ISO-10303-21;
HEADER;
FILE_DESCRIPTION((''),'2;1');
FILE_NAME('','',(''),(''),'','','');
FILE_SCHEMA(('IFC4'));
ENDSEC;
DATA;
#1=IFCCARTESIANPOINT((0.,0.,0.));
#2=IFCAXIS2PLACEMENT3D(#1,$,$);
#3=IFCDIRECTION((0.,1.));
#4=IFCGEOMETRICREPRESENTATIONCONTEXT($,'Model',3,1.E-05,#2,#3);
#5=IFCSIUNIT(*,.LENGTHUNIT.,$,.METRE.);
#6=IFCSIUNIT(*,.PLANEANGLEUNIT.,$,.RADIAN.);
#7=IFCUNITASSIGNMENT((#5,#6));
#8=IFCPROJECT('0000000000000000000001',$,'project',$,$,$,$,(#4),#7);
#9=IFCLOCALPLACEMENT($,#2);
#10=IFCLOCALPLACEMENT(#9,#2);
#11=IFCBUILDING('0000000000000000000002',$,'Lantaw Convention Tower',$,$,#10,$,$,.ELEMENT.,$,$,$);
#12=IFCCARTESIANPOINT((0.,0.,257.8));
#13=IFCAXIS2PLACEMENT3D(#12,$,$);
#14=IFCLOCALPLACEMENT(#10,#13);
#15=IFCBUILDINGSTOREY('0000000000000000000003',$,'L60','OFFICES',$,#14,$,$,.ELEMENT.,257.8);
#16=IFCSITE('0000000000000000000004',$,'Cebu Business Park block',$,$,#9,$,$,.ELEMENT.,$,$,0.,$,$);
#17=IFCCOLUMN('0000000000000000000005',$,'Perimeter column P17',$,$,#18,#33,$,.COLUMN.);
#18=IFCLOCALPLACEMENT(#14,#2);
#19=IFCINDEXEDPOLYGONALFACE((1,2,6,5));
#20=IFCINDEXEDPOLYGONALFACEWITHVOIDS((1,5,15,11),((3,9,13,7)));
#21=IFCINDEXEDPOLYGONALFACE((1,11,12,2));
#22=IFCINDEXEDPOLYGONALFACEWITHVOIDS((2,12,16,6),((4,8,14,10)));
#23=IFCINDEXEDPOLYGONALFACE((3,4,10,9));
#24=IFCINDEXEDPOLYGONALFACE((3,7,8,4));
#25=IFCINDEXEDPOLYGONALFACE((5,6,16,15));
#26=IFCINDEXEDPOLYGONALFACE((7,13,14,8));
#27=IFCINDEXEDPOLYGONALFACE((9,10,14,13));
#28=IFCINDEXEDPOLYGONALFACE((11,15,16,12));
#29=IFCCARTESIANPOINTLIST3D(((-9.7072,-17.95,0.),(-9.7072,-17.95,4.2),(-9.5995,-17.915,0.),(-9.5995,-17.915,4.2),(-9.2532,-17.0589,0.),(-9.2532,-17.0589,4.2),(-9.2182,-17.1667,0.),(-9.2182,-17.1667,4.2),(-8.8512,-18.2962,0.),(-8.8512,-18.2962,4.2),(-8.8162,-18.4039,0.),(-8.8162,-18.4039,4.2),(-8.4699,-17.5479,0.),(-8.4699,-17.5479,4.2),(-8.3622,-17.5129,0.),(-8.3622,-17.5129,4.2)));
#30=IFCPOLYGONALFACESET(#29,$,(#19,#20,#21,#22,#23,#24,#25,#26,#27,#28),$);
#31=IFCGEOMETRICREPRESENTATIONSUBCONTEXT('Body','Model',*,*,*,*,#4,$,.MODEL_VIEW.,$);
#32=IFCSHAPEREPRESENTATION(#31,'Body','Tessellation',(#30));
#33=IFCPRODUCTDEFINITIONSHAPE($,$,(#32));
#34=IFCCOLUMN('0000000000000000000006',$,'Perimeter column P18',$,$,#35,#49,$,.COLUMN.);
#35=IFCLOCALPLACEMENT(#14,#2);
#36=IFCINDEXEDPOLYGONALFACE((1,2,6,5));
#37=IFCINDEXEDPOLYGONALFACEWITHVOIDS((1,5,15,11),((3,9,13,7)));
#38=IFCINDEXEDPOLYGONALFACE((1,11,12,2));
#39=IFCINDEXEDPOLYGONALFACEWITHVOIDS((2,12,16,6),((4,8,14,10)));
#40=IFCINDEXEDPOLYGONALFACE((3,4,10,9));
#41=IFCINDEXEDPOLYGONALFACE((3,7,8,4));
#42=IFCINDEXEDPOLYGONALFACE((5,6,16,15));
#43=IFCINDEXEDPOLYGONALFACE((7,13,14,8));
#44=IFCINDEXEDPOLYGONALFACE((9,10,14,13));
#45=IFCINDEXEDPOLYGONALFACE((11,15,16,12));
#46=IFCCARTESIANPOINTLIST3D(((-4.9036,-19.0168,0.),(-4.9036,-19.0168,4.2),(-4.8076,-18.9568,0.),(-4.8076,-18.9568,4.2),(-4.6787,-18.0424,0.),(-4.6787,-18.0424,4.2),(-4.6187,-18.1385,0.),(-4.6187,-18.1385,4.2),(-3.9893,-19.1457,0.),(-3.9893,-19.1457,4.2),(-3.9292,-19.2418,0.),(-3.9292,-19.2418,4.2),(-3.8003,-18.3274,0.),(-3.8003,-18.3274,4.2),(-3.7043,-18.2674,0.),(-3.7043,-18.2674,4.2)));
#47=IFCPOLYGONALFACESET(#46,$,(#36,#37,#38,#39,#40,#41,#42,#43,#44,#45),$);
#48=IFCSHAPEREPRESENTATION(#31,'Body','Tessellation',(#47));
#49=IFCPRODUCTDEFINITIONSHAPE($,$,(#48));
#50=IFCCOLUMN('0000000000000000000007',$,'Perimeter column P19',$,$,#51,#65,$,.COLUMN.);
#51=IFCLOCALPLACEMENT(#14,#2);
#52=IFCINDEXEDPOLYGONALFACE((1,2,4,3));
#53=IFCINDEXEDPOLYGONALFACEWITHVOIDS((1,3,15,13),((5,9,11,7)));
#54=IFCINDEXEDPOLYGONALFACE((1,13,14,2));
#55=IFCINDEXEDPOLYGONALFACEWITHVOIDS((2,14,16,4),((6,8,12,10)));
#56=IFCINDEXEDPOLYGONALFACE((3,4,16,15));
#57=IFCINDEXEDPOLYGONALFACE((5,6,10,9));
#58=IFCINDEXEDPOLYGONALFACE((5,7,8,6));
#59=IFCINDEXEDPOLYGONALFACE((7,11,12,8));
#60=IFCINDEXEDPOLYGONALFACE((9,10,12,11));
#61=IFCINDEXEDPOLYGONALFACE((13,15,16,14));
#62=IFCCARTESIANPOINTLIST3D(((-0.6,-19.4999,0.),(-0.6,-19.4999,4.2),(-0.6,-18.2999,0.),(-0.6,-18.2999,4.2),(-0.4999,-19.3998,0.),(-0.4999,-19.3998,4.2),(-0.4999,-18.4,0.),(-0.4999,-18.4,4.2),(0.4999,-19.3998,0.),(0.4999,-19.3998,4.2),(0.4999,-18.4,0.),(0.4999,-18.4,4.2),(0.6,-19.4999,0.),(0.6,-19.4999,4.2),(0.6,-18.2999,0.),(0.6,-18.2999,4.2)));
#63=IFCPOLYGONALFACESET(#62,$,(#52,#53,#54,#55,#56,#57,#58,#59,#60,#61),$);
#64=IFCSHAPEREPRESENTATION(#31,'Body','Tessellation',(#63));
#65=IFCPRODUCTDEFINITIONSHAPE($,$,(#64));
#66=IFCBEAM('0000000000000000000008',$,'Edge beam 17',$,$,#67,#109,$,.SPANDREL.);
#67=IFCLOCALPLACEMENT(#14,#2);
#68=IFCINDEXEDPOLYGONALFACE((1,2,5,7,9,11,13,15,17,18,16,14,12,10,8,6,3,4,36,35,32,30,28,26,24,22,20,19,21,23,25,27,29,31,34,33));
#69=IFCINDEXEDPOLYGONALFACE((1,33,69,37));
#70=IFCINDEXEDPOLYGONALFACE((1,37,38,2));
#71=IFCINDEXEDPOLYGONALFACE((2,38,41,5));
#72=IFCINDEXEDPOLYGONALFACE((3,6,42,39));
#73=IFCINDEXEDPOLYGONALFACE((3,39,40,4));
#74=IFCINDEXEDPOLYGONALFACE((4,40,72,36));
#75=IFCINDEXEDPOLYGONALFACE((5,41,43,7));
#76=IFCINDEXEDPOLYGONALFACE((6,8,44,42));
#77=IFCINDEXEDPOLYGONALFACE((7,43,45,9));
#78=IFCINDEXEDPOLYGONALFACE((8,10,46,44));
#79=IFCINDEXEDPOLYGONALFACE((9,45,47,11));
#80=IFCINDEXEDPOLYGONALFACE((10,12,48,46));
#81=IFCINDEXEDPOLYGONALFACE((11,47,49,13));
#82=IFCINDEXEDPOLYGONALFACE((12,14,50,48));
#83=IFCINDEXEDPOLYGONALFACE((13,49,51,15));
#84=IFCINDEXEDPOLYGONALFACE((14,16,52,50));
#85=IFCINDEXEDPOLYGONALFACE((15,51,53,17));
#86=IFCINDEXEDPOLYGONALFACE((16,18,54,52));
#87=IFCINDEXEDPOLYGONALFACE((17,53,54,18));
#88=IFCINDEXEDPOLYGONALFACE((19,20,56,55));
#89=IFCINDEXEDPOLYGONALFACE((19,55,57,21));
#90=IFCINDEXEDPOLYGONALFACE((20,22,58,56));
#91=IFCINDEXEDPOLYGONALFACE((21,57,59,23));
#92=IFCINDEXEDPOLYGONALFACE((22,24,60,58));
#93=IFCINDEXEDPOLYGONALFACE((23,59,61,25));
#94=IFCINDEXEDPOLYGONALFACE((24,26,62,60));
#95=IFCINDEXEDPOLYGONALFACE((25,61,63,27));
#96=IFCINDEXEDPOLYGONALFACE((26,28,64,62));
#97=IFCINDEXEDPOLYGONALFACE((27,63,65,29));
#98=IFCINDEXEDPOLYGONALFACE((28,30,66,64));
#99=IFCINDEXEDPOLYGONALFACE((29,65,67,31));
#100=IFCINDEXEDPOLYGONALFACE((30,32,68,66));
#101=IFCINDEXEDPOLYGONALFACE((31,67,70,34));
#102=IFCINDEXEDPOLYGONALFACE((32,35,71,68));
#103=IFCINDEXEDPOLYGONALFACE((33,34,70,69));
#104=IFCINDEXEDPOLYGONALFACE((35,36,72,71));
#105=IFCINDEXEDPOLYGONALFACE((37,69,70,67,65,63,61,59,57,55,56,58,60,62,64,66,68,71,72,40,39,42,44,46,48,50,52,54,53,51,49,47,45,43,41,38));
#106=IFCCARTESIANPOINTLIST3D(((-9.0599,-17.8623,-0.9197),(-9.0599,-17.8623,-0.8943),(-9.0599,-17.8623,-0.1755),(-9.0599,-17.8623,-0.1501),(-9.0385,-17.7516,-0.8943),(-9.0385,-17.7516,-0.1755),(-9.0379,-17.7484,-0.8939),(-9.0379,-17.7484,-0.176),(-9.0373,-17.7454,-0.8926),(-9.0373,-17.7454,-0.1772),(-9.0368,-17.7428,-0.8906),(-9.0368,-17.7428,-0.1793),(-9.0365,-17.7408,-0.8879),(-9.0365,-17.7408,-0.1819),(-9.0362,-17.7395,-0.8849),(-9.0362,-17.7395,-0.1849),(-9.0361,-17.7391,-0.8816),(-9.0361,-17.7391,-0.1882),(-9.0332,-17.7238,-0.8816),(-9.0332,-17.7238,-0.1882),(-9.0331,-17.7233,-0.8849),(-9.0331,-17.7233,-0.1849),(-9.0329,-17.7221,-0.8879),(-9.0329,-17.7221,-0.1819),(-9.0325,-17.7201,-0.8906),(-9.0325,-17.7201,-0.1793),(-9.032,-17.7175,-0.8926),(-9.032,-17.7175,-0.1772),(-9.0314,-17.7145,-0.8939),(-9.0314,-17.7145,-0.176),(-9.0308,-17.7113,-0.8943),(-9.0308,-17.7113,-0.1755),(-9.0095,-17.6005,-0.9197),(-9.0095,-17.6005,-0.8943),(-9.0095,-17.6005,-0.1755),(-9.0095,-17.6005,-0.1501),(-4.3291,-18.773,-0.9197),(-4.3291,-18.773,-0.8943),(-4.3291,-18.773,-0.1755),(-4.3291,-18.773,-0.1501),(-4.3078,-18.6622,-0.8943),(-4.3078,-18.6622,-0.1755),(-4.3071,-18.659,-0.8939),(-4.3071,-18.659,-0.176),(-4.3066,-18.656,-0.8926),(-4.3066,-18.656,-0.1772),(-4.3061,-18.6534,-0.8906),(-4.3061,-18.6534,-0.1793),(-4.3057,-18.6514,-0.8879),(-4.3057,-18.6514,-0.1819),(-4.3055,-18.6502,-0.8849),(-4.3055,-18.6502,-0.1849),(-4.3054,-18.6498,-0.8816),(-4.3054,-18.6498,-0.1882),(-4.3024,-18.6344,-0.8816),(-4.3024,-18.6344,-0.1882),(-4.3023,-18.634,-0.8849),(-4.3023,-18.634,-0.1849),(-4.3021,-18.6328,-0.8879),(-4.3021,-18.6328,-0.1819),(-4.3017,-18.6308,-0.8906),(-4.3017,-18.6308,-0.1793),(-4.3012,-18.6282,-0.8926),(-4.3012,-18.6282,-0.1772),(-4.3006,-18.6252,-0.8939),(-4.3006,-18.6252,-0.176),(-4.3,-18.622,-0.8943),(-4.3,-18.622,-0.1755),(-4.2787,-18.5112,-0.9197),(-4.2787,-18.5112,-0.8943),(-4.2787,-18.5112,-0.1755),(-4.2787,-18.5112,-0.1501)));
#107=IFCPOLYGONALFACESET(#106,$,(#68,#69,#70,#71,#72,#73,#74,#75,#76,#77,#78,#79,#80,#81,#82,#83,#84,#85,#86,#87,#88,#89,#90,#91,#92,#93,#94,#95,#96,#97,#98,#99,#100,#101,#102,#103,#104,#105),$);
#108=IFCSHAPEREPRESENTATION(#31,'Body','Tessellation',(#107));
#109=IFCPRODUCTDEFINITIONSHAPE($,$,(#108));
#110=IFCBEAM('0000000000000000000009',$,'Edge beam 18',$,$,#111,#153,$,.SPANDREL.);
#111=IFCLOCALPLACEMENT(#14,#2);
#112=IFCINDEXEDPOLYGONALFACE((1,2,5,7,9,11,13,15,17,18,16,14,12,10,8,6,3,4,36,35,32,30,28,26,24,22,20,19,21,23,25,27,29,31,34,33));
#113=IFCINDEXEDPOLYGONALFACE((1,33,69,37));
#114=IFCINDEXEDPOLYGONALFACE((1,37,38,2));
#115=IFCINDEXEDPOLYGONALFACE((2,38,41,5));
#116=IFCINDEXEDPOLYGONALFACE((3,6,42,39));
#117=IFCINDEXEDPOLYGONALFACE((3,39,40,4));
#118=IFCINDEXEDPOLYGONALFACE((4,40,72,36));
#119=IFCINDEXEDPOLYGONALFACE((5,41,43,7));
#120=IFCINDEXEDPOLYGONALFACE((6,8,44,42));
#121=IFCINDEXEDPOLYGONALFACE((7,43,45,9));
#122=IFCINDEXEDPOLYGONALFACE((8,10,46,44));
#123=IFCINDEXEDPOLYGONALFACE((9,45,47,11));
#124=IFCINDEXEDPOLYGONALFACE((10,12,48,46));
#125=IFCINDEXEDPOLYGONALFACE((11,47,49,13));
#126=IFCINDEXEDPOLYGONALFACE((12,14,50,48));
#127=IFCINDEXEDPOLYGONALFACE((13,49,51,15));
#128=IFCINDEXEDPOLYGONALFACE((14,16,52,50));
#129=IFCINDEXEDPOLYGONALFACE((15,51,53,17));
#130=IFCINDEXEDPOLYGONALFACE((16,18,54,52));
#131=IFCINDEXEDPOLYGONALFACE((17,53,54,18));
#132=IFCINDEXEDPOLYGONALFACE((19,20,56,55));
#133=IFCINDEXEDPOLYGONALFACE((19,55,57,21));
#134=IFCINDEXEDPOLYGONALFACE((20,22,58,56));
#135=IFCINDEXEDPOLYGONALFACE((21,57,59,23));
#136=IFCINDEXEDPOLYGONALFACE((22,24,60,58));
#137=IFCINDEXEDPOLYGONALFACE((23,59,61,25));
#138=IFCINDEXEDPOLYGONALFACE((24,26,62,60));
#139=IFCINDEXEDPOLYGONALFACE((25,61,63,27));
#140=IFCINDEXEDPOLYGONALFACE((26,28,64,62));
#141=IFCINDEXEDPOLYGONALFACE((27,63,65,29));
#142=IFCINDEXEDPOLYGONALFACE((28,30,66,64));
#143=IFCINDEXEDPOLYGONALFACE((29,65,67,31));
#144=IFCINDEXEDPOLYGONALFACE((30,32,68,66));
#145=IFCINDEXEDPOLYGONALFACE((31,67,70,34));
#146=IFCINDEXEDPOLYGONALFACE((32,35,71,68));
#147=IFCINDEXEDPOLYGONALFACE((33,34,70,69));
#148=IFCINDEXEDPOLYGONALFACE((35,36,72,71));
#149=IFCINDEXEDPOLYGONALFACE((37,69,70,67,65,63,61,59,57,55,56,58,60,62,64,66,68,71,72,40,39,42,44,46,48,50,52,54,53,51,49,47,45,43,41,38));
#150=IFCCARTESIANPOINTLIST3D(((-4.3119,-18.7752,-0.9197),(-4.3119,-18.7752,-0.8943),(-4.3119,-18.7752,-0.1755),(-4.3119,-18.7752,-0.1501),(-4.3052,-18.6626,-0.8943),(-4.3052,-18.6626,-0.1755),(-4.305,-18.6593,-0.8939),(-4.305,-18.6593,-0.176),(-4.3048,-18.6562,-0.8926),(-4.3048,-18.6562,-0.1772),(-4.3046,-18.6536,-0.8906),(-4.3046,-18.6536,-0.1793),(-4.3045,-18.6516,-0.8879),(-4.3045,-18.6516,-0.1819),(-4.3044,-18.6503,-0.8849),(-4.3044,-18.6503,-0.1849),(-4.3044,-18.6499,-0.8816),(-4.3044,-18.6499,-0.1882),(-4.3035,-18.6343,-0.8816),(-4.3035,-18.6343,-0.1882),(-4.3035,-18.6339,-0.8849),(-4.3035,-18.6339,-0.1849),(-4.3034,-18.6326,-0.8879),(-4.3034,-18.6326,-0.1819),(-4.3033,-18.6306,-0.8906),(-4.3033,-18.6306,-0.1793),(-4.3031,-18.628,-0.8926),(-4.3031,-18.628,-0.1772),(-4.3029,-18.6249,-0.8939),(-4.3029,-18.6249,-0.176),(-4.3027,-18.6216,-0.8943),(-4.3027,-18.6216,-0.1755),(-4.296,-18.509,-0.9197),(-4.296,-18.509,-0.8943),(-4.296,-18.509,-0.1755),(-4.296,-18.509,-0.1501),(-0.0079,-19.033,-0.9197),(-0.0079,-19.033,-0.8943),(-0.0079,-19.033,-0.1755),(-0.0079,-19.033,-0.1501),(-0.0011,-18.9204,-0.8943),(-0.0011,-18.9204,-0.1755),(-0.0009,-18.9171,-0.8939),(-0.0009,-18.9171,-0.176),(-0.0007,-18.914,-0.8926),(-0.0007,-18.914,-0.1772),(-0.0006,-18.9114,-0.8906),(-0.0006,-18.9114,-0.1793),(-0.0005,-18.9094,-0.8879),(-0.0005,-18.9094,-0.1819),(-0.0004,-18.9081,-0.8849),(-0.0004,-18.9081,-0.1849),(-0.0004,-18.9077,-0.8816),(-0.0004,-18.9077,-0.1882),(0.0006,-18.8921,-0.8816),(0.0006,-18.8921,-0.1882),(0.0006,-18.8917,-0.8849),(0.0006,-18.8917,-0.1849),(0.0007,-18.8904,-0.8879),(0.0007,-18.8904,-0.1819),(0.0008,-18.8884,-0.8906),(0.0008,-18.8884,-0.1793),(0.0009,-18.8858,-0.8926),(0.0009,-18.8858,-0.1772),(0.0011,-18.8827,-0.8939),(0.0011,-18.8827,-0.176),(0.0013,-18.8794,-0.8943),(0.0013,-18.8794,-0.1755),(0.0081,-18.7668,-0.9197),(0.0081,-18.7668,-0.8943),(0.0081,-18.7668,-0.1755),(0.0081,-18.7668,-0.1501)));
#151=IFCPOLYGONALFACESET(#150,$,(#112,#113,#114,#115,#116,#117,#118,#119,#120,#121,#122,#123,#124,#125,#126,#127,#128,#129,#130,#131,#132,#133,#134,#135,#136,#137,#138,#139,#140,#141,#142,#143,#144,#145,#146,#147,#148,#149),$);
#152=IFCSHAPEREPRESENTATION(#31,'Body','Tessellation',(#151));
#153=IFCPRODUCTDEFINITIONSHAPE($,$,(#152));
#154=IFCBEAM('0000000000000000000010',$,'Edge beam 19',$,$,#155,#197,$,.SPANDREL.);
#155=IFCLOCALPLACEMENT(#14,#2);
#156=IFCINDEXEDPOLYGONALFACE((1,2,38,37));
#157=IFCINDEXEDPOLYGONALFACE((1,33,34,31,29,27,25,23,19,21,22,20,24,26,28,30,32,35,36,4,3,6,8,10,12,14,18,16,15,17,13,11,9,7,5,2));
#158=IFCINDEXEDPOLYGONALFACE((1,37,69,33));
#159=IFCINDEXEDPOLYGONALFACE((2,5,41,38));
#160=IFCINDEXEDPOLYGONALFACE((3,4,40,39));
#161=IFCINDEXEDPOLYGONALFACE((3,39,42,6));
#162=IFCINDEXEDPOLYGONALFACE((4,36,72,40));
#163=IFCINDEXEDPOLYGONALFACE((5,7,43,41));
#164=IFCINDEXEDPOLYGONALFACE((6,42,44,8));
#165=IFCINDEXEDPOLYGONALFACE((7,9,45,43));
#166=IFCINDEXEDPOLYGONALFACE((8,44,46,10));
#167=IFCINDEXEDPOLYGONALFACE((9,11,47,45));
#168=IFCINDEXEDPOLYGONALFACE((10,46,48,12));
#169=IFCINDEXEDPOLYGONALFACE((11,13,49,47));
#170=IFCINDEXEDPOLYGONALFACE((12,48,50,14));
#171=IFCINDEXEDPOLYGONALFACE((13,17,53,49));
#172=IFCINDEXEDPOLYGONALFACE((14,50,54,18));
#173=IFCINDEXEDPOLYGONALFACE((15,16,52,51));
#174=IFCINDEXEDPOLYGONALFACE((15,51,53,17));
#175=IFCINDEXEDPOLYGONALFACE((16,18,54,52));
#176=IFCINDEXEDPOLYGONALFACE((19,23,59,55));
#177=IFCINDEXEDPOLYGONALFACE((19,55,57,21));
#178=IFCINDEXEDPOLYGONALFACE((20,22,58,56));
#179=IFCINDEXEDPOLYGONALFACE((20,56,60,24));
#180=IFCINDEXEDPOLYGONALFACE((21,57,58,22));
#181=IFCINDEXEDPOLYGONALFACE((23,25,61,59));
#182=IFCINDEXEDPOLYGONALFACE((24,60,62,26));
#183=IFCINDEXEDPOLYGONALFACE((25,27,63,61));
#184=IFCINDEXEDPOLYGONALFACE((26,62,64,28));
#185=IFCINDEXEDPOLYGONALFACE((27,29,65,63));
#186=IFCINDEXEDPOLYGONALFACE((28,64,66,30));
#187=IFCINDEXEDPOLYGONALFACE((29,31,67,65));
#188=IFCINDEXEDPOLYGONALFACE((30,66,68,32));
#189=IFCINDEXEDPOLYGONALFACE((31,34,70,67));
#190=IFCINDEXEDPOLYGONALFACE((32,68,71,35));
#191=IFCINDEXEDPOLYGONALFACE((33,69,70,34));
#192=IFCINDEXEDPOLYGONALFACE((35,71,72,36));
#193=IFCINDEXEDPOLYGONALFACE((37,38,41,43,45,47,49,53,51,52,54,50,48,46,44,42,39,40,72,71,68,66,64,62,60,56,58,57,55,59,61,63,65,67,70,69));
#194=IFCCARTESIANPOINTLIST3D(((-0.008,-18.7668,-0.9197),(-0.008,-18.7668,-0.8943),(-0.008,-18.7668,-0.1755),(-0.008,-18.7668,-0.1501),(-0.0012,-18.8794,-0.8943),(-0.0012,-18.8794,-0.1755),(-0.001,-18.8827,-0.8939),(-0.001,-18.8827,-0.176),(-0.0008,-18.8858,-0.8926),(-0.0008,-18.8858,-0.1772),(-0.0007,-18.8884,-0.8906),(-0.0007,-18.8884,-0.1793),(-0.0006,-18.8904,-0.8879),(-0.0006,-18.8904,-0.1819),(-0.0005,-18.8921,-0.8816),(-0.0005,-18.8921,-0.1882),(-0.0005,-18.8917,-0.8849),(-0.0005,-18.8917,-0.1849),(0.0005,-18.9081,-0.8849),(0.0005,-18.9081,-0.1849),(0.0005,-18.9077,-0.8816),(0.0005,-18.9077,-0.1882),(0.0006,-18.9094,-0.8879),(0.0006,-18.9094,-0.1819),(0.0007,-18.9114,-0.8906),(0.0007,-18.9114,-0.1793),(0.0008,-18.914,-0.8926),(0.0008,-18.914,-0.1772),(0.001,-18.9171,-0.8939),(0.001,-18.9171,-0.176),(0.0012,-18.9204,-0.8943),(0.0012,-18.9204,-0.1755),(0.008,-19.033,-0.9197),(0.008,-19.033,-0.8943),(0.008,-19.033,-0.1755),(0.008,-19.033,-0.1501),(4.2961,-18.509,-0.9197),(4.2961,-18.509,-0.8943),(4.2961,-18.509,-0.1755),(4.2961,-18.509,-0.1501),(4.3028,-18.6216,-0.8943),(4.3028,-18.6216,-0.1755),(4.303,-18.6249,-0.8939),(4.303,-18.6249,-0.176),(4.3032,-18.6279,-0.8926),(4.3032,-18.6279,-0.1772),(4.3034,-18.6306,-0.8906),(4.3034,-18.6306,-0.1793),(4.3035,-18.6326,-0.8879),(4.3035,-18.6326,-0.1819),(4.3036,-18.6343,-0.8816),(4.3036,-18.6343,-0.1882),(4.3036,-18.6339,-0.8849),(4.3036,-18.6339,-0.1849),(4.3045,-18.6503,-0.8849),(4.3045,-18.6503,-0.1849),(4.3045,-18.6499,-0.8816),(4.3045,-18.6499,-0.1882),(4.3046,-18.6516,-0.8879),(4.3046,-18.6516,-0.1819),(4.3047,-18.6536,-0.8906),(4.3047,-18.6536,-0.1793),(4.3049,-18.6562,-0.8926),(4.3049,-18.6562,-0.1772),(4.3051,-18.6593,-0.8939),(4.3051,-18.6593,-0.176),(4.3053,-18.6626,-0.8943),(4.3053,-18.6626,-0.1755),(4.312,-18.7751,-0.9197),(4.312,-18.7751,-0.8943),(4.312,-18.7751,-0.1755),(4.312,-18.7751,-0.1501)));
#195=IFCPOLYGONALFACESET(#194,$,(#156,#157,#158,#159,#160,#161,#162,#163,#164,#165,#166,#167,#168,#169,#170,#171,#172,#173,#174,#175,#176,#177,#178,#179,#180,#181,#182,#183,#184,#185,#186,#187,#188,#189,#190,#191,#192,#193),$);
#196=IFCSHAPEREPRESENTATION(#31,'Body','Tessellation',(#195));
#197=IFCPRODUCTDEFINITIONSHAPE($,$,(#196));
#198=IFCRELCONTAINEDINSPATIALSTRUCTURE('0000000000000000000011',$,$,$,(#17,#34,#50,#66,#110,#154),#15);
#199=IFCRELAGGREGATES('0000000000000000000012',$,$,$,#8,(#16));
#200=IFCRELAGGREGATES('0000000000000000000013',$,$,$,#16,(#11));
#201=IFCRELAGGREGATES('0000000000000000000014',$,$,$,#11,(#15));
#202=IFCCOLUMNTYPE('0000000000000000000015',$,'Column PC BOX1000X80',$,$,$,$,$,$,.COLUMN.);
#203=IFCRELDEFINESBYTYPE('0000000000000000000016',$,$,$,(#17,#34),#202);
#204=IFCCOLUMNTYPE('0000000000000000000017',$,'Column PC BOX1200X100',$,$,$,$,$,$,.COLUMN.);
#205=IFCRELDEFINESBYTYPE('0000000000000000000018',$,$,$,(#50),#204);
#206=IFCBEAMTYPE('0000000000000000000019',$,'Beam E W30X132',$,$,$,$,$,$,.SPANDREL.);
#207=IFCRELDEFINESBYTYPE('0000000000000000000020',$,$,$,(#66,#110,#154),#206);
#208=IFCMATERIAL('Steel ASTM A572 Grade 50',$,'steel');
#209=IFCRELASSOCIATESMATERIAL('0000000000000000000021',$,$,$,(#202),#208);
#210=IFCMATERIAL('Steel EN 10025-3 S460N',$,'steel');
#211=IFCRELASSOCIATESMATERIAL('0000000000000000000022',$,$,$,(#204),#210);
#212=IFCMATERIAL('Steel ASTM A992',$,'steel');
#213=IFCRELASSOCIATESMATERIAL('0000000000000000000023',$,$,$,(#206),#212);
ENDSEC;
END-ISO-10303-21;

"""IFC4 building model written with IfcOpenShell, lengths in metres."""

from ifc_helpers import new_model, si_unit, direction, frame, origin, origin_2d, place, context, subcontext, project, spatial, rectangle, hollow_rectangle, i_section, extrude, material, material_profile, profile_set, type_object, element, save


model = new_model("IFC4")

# Units and contexts
model_context = context("Model", 3, precision=1e-05, world=origin(), true_north=direction((0.0, 1.0)))
body_context = subcontext(model_context, "Body", "Model", "MODEL_VIEW")
ifc_project = project(units=[si_unit("LENGTHUNIT", "METRE"), si_unit("PLANEANGLEUNIT", "RADIAN")], contexts=[model_context])

# Site, building, storey
site_placement = place(None, origin())
site = spatial("IfcSite", under=ifc_project, at=site_placement, Name="Cebu Business Park block", CompositionType="ELEMENT", RefElevation=0.0)
building_placement = place(site_placement, origin())
building = spatial("IfcBuilding", under=site, at=building_placement, Name="Lantaw Convention Tower", CompositionType="ELEMENT")
storey_placement = place(building_placement, frame((0.0, 0.0, 257.8)))
storey = spatial("IfcBuildingStorey", under=building, at=storey_placement, Name="L60", Description="OFFICES", CompositionType="ELEMENT", Elevation=257.8)

# Columns
ifc_material_1 = material(Name="Steel ASTM A572 Grade 50", Category="steel")
ifc_material_profile_1 = material_profile(ifc_material_1, hollow_rectangle(XDim=1.0, YDim=1.0, WallThickness=0.0801, at=origin_2d()), Name="BOX1000X80")
ifc_material_2 = material(Name="Concrete C60/75", Category="concrete")
ifc_material_profile_2 = material_profile(ifc_material_2, rectangle(XDim=0.8401, YDim=0.8401, at=origin_2d()), Name="Concrete fill of BOX1000X80")
ifc_profile_set_1 = profile_set([ifc_material_profile_1, ifc_material_profile_2], Name="Steel ASTM A572 Grade 50")
column_type_1 = type_object("IfcColumnType", Name="Column PC BOX1000X80", PredefinedType="COLUMN", material=ifc_profile_set_1)
for number, where, z_axis, x_axis, name in (
    (1, (-9.0347, -17.7314, 0.0), (0.0, 0.0, 1.0), (0.45399, 0.891007, 0.0), "Perimeter column P17"),
    (2, (-4.304, -18.6421, 0.0), (0.0, 0.0, 1.0), (0.224951, 0.97437, 0.0), "Perimeter column P18"),
):
    element("IfcColumn", number, at=place(storey_placement, frame(where, z_axis=z_axis, x_axis=x_axis)), inside=storey, type_object=column_type_1, Name=name, PredefinedType="COLUMN", context=body_context, shape_type="SweptSolid", body=[
        extrude(hollow_rectangle(XDim=1.0, YDim=1.0, WallThickness=0.0801, at=origin_2d()), origin(), (0.0, 0.0, 1.0), 4.2),
    ])
ifc_material_3 = material(Name="Steel EN 10025-3 S460N", Category="steel")
ifc_material_profile_3 = material_profile(ifc_material_3, hollow_rectangle(XDim=1.2, YDim=1.2, WallThickness=0.1001, at=origin_2d()), Name="BOX1200X100")
ifc_material_profile_4 = material_profile(ifc_material_2, rectangle(XDim=1.0, YDim=1.0, at=origin_2d()), Name="Concrete fill of BOX1200X100")
ifc_profile_set_2 = profile_set([ifc_material_profile_3, ifc_material_profile_4], Name="Steel EN 10025-3 S460N")
column_type_2 = type_object("IfcColumnType", Name="Column PC BOX1200X100", PredefinedType="COLUMN", material=ifc_profile_set_2)
column_placement = place(storey_placement, frame((0.0, -18.8999, 0.0), z_axis=(0.0, 0.0, 1.0), x_axis=(1.0, 0.0, 0.0)))
element("IfcColumn", 3, at=column_placement, inside=storey, type_object=column_type_2, Name="Perimeter column P19", PredefinedType="COLUMN", context=body_context, shape_type="SweptSolid", body=[
    extrude(hollow_rectangle(XDim=1.2, YDim=1.2, WallThickness=0.1001, at=origin_2d()), origin(), (0.0, 0.0, 1.0), 4.2),
])

# Beams
ifc_material_4 = material(Name="Steel ASTM A992", Category="steel")
ifc_material_profile_5 = material_profile(ifc_material_4, i_section(OverallWidth=0.2666, OverallDepth=0.7695, WebThickness=0.0156, FlangeThickness=0.0254, FilletRadius=0.0127, at=origin_2d()), Name="W30X132")
ifc_profile_set_3 = profile_set([ifc_material_profile_5], Name="Steel ASTM A992")
beam_type_1 = type_object("IfcBeamType", Name="Beam E W30X132", PredefinedType="SPANDREL", material=ifc_profile_set_3)
beam_1_placement = place(storey_placement, frame((-9.0347, -17.7314, -0.5349), z_axis=(0.981972, -0.189026, 0.0), x_axis=(0.189026, 0.981972, 0.0)))
element("IfcBeam", 4, at=beam_1_placement, inside=storey, type_object=beam_type_1, Name="Edge beam 17", PredefinedType="SPANDREL", context=body_context, shape_type="SweptSolid", body=[
    extrude(i_section(OverallWidth=0.2666, OverallDepth=0.7695, WebThickness=0.0156, FlangeThickness=0.0254, FilletRadius=0.0127, at=origin_2d()), origin(), (0.0, 0.0, 1.0), 4.8176),
])
for number, where, z_axis, x_axis, name in (
    (5, (-4.304, -18.6421, -0.5349), (0.998211, -0.059794, 0.0), (0.059794, 0.998211, 0.0), "Edge beam 18"),
    (6, (0.0, -18.8999, -0.5349), (0.998211, 0.059794, 0.0), (-0.059794, 0.998211, 0.0), "Edge beam 19"),
):
    element("IfcBeam", number, at=place(storey_placement, frame(where, z_axis=z_axis, x_axis=x_axis)), inside=storey, type_object=beam_type_1, Name=name, PredefinedType="SPANDREL", context=body_context, shape_type="SweptSolid", body=[
        extrude(i_section(OverallWidth=0.2666, OverallDepth=0.7695, WebThickness=0.0156, FlangeThickness=0.0254, FilletRadius=0.0127, at=origin_2d()), origin(), (0.0, 0.0, 1.0), 4.3118),
    ])

save(model, "model.ifc")
